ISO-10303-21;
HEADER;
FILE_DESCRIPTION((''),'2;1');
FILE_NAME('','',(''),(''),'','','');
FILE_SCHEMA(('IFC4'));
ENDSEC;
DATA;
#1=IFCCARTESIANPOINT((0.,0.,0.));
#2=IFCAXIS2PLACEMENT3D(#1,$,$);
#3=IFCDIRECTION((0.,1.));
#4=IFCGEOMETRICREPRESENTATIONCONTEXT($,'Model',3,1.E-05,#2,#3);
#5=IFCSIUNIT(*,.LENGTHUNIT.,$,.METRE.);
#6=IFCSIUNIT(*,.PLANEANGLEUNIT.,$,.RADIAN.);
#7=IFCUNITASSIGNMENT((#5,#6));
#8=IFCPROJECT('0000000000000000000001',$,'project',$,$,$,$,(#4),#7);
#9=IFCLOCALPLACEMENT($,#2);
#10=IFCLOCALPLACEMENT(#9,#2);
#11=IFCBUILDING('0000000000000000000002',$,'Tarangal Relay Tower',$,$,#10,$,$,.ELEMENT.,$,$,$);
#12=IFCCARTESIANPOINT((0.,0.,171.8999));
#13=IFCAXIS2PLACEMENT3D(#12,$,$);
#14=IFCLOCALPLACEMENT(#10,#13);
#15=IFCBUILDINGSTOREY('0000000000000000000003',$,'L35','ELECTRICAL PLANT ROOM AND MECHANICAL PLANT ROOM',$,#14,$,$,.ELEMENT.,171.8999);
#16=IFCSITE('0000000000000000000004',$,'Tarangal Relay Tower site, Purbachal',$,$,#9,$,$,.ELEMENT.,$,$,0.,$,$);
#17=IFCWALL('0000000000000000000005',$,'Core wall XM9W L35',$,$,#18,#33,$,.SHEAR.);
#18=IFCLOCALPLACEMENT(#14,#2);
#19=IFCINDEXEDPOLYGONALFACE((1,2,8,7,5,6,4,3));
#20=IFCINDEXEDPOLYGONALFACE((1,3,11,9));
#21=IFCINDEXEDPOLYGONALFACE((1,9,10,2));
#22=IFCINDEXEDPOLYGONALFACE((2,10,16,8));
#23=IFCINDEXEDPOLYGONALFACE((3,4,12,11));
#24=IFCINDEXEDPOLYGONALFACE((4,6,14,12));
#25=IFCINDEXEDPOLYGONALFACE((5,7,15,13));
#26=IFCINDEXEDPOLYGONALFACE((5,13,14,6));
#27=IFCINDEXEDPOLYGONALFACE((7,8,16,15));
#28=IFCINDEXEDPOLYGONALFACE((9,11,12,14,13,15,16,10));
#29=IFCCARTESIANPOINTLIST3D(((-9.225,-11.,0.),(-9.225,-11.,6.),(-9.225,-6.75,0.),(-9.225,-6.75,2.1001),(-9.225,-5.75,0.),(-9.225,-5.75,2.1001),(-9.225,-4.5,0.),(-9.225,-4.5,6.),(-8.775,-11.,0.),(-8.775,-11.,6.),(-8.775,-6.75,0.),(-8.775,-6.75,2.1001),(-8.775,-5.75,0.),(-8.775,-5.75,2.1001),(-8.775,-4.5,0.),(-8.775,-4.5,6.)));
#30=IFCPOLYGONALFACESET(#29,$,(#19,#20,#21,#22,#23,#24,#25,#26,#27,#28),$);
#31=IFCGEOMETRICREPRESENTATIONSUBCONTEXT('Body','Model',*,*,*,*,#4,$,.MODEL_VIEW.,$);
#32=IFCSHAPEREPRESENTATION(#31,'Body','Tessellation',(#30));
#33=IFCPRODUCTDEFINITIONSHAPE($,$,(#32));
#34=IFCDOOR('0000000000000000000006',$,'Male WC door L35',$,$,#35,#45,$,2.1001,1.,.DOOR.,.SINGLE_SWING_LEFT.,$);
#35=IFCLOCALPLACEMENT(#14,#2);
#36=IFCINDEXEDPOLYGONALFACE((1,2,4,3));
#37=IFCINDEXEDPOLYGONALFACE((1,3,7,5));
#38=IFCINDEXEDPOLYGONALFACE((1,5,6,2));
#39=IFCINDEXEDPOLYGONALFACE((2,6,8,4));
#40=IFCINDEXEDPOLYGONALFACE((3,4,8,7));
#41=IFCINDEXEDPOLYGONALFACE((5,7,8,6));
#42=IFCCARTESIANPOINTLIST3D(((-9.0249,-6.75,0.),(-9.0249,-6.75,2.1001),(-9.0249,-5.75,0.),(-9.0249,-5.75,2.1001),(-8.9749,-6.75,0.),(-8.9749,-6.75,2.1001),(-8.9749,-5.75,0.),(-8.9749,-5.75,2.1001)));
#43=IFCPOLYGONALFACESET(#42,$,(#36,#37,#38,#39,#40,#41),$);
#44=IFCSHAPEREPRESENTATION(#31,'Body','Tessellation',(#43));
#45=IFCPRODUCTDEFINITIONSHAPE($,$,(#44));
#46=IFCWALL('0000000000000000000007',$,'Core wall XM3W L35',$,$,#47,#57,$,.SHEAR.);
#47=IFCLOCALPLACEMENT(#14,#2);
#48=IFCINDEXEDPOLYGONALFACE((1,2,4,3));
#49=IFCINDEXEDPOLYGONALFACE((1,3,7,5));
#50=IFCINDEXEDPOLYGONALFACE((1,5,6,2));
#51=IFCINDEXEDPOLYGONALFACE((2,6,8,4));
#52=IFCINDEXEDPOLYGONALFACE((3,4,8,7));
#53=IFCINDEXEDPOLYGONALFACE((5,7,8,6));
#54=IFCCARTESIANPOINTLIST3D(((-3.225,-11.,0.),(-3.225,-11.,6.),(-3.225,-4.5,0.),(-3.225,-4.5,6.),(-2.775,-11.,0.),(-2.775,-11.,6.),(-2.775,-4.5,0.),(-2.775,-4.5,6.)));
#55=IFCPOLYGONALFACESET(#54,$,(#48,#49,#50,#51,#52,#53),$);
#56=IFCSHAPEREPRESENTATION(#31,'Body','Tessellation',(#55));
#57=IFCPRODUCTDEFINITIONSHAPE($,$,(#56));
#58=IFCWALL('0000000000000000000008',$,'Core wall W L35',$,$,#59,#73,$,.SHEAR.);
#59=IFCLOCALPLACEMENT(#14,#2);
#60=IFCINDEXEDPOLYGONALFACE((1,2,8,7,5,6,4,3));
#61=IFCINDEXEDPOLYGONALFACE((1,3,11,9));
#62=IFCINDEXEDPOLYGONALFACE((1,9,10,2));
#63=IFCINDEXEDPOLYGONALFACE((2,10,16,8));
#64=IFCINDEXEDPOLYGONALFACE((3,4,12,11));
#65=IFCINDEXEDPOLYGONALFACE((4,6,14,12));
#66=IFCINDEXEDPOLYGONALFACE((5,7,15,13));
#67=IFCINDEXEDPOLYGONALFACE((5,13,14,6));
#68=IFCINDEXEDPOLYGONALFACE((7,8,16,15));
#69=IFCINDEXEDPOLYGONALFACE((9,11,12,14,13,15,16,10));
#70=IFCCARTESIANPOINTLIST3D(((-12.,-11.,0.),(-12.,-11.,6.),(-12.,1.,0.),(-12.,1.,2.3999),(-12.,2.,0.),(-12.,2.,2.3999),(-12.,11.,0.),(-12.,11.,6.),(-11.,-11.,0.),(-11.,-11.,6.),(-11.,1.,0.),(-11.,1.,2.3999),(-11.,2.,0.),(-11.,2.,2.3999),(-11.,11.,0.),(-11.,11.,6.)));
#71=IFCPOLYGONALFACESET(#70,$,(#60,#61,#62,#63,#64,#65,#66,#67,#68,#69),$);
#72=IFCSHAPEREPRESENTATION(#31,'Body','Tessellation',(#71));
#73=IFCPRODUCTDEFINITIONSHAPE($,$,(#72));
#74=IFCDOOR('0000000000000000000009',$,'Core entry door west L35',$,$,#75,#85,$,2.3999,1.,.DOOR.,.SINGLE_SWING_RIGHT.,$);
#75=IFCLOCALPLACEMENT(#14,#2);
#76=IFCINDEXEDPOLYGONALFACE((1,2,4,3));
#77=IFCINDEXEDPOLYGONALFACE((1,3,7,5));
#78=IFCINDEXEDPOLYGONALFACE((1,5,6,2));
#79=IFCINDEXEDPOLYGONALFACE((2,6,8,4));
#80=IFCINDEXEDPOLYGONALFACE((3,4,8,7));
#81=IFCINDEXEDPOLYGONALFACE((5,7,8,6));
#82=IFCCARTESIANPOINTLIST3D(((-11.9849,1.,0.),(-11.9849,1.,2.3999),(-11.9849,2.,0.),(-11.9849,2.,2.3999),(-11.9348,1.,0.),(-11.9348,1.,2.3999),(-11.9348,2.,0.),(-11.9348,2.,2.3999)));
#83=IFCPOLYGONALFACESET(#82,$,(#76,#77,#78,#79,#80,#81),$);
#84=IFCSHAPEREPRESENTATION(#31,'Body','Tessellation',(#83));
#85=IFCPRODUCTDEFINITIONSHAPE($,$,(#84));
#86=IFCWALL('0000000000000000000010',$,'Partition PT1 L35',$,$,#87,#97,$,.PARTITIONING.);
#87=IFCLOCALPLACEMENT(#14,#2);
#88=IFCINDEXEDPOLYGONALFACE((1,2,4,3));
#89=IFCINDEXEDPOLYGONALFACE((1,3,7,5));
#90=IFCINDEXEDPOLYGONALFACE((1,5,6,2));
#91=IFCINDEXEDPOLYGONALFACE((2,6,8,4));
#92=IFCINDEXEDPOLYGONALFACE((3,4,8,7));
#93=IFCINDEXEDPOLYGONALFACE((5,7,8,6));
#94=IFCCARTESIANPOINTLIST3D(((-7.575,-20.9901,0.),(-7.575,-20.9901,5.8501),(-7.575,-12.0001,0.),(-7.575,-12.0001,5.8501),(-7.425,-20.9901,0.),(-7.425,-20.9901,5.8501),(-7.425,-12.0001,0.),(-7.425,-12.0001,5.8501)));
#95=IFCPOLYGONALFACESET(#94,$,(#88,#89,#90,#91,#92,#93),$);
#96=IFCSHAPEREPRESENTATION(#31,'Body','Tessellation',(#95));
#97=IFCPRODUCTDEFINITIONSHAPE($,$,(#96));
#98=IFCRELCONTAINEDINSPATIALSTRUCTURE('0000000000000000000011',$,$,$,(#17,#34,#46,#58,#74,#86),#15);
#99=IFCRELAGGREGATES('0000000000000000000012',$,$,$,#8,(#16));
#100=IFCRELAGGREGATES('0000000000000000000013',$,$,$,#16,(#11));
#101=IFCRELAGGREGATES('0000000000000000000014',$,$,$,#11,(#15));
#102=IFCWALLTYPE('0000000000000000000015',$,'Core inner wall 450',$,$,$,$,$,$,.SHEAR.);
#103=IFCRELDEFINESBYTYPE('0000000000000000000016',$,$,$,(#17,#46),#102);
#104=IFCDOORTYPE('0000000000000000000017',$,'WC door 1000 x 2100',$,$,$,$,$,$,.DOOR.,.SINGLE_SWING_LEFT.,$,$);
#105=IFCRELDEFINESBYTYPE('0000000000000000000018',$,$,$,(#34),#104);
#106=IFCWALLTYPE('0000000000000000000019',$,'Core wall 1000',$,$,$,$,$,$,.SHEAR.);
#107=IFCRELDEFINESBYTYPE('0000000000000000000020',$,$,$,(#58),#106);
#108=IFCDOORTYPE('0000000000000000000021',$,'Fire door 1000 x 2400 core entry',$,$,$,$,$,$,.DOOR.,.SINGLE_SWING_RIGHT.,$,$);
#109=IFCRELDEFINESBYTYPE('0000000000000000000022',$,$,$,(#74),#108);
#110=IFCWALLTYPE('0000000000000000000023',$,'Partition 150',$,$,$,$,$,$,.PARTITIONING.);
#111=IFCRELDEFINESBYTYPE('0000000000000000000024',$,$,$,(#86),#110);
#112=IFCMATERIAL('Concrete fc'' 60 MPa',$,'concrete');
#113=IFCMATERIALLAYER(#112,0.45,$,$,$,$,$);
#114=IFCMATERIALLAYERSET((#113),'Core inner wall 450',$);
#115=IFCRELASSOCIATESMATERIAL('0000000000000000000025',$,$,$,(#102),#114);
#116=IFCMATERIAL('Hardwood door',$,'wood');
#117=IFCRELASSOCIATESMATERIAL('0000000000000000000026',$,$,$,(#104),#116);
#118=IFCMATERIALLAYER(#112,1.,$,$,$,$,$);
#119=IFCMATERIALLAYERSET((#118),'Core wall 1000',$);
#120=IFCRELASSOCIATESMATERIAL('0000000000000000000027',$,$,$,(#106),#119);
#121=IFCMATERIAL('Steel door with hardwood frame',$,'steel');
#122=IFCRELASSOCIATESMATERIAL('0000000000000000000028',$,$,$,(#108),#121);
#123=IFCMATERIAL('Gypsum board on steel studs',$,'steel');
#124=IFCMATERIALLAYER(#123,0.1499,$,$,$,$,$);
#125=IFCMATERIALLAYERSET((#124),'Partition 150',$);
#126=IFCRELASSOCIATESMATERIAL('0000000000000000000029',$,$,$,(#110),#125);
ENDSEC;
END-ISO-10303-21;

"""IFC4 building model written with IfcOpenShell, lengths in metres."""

from ifc_helpers import new_model, si_unit, direction, frame, frame_2d, origin, place, context, subcontext, project, spatial, rectangle, extrude, material, layer, layer_set, type_object, element, fill, save


model = new_model("IFC4")

# Units and contexts
model_context = context("Model", 3, precision=1e-05, world=origin(), true_north=direction((0.0, 1.0)))
body_context = subcontext(model_context, "Body", "Model", "MODEL_VIEW")
ifc_project = project(units=[si_unit("LENGTHUNIT", "METRE"), si_unit("PLANEANGLEUNIT", "RADIAN")], contexts=[model_context])

# Site, building, storey
site_placement = place(None, origin())
site = spatial("IfcSite", under=ifc_project, at=site_placement, Name="Tarangal Relay Tower site, Purbachal", CompositionType="ELEMENT", RefElevation=0.0)
building_placement = place(site_placement, origin())
building = spatial("IfcBuilding", under=site, at=building_placement, Name="Tarangal Relay Tower", CompositionType="ELEMENT")
storey_placement = place(building_placement, frame((0.0, 0.0, 171.8999)))
storey = spatial("IfcBuildingStorey", under=building, at=storey_placement, Name="L35", Description="ELECTRICAL PLANT ROOM AND MECHANICAL PLANT ROOM", CompositionType="ELEMENT", Elevation=171.8999)

# Wall, opening, door
ifc_material_1 = material(Name="Concrete fc' 60 MPa", Category="concrete")
ifc_layer_1 = layer(ifc_material_1, 0.45)
ifc_layer_set_1 = layer_set([ifc_layer_1], Name="Core inner wall 450")
wall_type_1 = type_object("IfcWallType", Name="Core inner wall 450", PredefinedType="SHEAR", material=ifc_layer_set_1)
wall_1_placement = place(storey_placement, frame((-9.0, -11.0, 0.0), z_axis=(0.0, 0.0, 1.0), x_axis=(0.0, 1.0, 0.0)))
wall_1 = element("IfcWall", 1, at=wall_1_placement, inside=storey, type_object=wall_type_1, Name="Core wall XM9W L35", PredefinedType="SHEAR", context=body_context, shape_type="SweptSolid", body=[
    extrude(rectangle(XDim=6.5, YDim=0.45, at=frame_2d((3.25, 0.0))), origin(), (0.0, 0.0, 1.0), 6.0),
])
opening_1_placement = place(wall_1_placement, frame((4.25, 0.0, 0.0)))
opening_1 = element("IfcOpeningElement", 2, at=opening_1_placement, cuts=wall_1, PredefinedType="OPENING", context=body_context, shape_type="SweptSolid", body=[
    extrude(rectangle(XDim=1.0, YDim=2.1001, at=frame_2d((0.5, 1.05))), frame((0.0, 0.2349, 0.0), z_axis=(0.0, -1.0, 0.0), x_axis=(1.0, 0.0, 0.0)), (0.0, 0.0, 1.0), 0.47),
])
ifc_material_2 = material(Name="Hardwood door", Category="wood")
door_type_1 = type_object("IfcDoorType", Name="WC door 1000 x 2100", OperationType="SINGLE_SWING_LEFT", PredefinedType="DOOR", material=ifc_material_2)
door_1_placement = place(opening_1_placement, origin())
door_1 = element("IfcDoor", 3, at=door_1_placement, inside=storey, type_object=door_type_1, Name="Male WC door L35", OperationType="SINGLE_SWING_LEFT", OverallHeight=2.1001, OverallWidth=1.0, PredefinedType="DOOR", context=body_context, shape_type="SweptSolid", body=[
    extrude(rectangle(XDim=1.0, YDim=2.1001, at=frame_2d((0.5, 1.05))), frame((0.0, 0.0249, 0.0), z_axis=(0.0, -1.0, 0.0), x_axis=(1.0, 0.0, 0.0)), (0.0, 0.0, 1.0), 0.05),
])
fill(opening_1, door_1)

# Wall
wall_2_placement = place(storey_placement, frame((-3.0, -11.0, 0.0), z_axis=(0.0, 0.0, 1.0), x_axis=(0.0, 1.0, 0.0)))
element("IfcWall", 4, at=wall_2_placement, inside=storey, type_object=wall_type_1, Name="Core wall XM3W L35", PredefinedType="SHEAR", context=body_context, shape_type="SweptSolid", body=[
    extrude(rectangle(XDim=6.5, YDim=0.45, at=frame_2d((3.25, 0.0))), origin(), (0.0, 0.0, 1.0), 6.0),
])

# Wall, opening, door
ifc_layer_2 = layer(ifc_material_1, 1.0)
ifc_layer_set_2 = layer_set([ifc_layer_2], Name="Core wall 1000")
wall_type_2 = type_object("IfcWallType", Name="Core wall 1000", PredefinedType="SHEAR", material=ifc_layer_set_2)
wall_3_placement = place(storey_placement, frame((-11.5, -11.0, 0.0), z_axis=(0.0, 0.0, 1.0), x_axis=(0.0, 1.0, 0.0)))
wall_3 = element("IfcWall", 5, at=wall_3_placement, inside=storey, type_object=wall_type_2, Name="Core wall W L35", PredefinedType="SHEAR", context=body_context, shape_type="SweptSolid", body=[
    extrude(rectangle(XDim=22.0, YDim=1.0, at=frame_2d((11.0, 0.0))), origin(), (0.0, 0.0, 1.0), 6.0),
])
opening_2_placement = place(wall_3_placement, frame((12.0, 0.0, 0.0)))
opening_2 = element("IfcOpeningElement", 6, at=opening_2_placement, cuts=wall_3, PredefinedType="OPENING", context=body_context, shape_type="SweptSolid", body=[
    extrude(rectangle(XDim=1.0, YDim=2.3999, at=frame_2d((0.5, 1.2))), frame((0.0, 0.51, 0.0), z_axis=(0.0, -1.0, 0.0), x_axis=(1.0, 0.0, 0.0)), (0.0, 0.0, 1.0), 1.02),
])
ifc_material_3 = material(Name="Steel door with hardwood frame", Category="steel")
door_type_2 = type_object("IfcDoorType", Name="Fire door 1000 x 2400 core entry", OperationType="SINGLE_SWING_RIGHT", PredefinedType="DOOR", material=ifc_material_3)
door_2_placement = place(opening_2_placement, origin())
door_2 = element("IfcDoor", 7, at=door_2_placement, inside=storey, type_object=door_type_2, Name="Core entry door west L35", OperationType="SINGLE_SWING_RIGHT", OverallHeight=2.3999, OverallWidth=1.0, PredefinedType="DOOR", context=body_context, shape_type="SweptSolid", body=[
    extrude(rectangle(XDim=1.0, YDim=2.3999, at=frame_2d((0.5, 1.2))), frame((0.0, 0.4849, 0.0), z_axis=(0.0, -1.0, 0.0), x_axis=(1.0, 0.0, 0.0)), (0.0, 0.0, 1.0), 0.05),
])
fill(opening_2, door_2)

# Wall
ifc_material_4 = material(Name="Gypsum board on steel studs", Category="steel")
ifc_layer_3 = layer(ifc_material_4, 0.1499)
ifc_layer_set_3 = layer_set([ifc_layer_3], Name="Partition 150")
wall_type_3 = type_object("IfcWallType", Name="Partition 150", PredefinedType="PARTITIONING", material=ifc_layer_set_3)
wall_4_placement = place(storey_placement, frame((-7.5, -12.0, 0.0), z_axis=(0.0, 0.0, 1.0), x_axis=(0.0, -1.0, 0.0)))
element("IfcWall", 8, at=wall_4_placement, inside=storey, type_object=wall_type_3, Name="Partition PT1 L35", PredefinedType="PARTITIONING", context=body_context, shape_type="SweptSolid", body=[
    extrude(rectangle(XDim=8.99, YDim=0.1499, at=frame_2d((4.4951, 0.0))), origin(), (0.0, 0.0, 1.0), 5.8501),
])

save(model, "model.ifc")
